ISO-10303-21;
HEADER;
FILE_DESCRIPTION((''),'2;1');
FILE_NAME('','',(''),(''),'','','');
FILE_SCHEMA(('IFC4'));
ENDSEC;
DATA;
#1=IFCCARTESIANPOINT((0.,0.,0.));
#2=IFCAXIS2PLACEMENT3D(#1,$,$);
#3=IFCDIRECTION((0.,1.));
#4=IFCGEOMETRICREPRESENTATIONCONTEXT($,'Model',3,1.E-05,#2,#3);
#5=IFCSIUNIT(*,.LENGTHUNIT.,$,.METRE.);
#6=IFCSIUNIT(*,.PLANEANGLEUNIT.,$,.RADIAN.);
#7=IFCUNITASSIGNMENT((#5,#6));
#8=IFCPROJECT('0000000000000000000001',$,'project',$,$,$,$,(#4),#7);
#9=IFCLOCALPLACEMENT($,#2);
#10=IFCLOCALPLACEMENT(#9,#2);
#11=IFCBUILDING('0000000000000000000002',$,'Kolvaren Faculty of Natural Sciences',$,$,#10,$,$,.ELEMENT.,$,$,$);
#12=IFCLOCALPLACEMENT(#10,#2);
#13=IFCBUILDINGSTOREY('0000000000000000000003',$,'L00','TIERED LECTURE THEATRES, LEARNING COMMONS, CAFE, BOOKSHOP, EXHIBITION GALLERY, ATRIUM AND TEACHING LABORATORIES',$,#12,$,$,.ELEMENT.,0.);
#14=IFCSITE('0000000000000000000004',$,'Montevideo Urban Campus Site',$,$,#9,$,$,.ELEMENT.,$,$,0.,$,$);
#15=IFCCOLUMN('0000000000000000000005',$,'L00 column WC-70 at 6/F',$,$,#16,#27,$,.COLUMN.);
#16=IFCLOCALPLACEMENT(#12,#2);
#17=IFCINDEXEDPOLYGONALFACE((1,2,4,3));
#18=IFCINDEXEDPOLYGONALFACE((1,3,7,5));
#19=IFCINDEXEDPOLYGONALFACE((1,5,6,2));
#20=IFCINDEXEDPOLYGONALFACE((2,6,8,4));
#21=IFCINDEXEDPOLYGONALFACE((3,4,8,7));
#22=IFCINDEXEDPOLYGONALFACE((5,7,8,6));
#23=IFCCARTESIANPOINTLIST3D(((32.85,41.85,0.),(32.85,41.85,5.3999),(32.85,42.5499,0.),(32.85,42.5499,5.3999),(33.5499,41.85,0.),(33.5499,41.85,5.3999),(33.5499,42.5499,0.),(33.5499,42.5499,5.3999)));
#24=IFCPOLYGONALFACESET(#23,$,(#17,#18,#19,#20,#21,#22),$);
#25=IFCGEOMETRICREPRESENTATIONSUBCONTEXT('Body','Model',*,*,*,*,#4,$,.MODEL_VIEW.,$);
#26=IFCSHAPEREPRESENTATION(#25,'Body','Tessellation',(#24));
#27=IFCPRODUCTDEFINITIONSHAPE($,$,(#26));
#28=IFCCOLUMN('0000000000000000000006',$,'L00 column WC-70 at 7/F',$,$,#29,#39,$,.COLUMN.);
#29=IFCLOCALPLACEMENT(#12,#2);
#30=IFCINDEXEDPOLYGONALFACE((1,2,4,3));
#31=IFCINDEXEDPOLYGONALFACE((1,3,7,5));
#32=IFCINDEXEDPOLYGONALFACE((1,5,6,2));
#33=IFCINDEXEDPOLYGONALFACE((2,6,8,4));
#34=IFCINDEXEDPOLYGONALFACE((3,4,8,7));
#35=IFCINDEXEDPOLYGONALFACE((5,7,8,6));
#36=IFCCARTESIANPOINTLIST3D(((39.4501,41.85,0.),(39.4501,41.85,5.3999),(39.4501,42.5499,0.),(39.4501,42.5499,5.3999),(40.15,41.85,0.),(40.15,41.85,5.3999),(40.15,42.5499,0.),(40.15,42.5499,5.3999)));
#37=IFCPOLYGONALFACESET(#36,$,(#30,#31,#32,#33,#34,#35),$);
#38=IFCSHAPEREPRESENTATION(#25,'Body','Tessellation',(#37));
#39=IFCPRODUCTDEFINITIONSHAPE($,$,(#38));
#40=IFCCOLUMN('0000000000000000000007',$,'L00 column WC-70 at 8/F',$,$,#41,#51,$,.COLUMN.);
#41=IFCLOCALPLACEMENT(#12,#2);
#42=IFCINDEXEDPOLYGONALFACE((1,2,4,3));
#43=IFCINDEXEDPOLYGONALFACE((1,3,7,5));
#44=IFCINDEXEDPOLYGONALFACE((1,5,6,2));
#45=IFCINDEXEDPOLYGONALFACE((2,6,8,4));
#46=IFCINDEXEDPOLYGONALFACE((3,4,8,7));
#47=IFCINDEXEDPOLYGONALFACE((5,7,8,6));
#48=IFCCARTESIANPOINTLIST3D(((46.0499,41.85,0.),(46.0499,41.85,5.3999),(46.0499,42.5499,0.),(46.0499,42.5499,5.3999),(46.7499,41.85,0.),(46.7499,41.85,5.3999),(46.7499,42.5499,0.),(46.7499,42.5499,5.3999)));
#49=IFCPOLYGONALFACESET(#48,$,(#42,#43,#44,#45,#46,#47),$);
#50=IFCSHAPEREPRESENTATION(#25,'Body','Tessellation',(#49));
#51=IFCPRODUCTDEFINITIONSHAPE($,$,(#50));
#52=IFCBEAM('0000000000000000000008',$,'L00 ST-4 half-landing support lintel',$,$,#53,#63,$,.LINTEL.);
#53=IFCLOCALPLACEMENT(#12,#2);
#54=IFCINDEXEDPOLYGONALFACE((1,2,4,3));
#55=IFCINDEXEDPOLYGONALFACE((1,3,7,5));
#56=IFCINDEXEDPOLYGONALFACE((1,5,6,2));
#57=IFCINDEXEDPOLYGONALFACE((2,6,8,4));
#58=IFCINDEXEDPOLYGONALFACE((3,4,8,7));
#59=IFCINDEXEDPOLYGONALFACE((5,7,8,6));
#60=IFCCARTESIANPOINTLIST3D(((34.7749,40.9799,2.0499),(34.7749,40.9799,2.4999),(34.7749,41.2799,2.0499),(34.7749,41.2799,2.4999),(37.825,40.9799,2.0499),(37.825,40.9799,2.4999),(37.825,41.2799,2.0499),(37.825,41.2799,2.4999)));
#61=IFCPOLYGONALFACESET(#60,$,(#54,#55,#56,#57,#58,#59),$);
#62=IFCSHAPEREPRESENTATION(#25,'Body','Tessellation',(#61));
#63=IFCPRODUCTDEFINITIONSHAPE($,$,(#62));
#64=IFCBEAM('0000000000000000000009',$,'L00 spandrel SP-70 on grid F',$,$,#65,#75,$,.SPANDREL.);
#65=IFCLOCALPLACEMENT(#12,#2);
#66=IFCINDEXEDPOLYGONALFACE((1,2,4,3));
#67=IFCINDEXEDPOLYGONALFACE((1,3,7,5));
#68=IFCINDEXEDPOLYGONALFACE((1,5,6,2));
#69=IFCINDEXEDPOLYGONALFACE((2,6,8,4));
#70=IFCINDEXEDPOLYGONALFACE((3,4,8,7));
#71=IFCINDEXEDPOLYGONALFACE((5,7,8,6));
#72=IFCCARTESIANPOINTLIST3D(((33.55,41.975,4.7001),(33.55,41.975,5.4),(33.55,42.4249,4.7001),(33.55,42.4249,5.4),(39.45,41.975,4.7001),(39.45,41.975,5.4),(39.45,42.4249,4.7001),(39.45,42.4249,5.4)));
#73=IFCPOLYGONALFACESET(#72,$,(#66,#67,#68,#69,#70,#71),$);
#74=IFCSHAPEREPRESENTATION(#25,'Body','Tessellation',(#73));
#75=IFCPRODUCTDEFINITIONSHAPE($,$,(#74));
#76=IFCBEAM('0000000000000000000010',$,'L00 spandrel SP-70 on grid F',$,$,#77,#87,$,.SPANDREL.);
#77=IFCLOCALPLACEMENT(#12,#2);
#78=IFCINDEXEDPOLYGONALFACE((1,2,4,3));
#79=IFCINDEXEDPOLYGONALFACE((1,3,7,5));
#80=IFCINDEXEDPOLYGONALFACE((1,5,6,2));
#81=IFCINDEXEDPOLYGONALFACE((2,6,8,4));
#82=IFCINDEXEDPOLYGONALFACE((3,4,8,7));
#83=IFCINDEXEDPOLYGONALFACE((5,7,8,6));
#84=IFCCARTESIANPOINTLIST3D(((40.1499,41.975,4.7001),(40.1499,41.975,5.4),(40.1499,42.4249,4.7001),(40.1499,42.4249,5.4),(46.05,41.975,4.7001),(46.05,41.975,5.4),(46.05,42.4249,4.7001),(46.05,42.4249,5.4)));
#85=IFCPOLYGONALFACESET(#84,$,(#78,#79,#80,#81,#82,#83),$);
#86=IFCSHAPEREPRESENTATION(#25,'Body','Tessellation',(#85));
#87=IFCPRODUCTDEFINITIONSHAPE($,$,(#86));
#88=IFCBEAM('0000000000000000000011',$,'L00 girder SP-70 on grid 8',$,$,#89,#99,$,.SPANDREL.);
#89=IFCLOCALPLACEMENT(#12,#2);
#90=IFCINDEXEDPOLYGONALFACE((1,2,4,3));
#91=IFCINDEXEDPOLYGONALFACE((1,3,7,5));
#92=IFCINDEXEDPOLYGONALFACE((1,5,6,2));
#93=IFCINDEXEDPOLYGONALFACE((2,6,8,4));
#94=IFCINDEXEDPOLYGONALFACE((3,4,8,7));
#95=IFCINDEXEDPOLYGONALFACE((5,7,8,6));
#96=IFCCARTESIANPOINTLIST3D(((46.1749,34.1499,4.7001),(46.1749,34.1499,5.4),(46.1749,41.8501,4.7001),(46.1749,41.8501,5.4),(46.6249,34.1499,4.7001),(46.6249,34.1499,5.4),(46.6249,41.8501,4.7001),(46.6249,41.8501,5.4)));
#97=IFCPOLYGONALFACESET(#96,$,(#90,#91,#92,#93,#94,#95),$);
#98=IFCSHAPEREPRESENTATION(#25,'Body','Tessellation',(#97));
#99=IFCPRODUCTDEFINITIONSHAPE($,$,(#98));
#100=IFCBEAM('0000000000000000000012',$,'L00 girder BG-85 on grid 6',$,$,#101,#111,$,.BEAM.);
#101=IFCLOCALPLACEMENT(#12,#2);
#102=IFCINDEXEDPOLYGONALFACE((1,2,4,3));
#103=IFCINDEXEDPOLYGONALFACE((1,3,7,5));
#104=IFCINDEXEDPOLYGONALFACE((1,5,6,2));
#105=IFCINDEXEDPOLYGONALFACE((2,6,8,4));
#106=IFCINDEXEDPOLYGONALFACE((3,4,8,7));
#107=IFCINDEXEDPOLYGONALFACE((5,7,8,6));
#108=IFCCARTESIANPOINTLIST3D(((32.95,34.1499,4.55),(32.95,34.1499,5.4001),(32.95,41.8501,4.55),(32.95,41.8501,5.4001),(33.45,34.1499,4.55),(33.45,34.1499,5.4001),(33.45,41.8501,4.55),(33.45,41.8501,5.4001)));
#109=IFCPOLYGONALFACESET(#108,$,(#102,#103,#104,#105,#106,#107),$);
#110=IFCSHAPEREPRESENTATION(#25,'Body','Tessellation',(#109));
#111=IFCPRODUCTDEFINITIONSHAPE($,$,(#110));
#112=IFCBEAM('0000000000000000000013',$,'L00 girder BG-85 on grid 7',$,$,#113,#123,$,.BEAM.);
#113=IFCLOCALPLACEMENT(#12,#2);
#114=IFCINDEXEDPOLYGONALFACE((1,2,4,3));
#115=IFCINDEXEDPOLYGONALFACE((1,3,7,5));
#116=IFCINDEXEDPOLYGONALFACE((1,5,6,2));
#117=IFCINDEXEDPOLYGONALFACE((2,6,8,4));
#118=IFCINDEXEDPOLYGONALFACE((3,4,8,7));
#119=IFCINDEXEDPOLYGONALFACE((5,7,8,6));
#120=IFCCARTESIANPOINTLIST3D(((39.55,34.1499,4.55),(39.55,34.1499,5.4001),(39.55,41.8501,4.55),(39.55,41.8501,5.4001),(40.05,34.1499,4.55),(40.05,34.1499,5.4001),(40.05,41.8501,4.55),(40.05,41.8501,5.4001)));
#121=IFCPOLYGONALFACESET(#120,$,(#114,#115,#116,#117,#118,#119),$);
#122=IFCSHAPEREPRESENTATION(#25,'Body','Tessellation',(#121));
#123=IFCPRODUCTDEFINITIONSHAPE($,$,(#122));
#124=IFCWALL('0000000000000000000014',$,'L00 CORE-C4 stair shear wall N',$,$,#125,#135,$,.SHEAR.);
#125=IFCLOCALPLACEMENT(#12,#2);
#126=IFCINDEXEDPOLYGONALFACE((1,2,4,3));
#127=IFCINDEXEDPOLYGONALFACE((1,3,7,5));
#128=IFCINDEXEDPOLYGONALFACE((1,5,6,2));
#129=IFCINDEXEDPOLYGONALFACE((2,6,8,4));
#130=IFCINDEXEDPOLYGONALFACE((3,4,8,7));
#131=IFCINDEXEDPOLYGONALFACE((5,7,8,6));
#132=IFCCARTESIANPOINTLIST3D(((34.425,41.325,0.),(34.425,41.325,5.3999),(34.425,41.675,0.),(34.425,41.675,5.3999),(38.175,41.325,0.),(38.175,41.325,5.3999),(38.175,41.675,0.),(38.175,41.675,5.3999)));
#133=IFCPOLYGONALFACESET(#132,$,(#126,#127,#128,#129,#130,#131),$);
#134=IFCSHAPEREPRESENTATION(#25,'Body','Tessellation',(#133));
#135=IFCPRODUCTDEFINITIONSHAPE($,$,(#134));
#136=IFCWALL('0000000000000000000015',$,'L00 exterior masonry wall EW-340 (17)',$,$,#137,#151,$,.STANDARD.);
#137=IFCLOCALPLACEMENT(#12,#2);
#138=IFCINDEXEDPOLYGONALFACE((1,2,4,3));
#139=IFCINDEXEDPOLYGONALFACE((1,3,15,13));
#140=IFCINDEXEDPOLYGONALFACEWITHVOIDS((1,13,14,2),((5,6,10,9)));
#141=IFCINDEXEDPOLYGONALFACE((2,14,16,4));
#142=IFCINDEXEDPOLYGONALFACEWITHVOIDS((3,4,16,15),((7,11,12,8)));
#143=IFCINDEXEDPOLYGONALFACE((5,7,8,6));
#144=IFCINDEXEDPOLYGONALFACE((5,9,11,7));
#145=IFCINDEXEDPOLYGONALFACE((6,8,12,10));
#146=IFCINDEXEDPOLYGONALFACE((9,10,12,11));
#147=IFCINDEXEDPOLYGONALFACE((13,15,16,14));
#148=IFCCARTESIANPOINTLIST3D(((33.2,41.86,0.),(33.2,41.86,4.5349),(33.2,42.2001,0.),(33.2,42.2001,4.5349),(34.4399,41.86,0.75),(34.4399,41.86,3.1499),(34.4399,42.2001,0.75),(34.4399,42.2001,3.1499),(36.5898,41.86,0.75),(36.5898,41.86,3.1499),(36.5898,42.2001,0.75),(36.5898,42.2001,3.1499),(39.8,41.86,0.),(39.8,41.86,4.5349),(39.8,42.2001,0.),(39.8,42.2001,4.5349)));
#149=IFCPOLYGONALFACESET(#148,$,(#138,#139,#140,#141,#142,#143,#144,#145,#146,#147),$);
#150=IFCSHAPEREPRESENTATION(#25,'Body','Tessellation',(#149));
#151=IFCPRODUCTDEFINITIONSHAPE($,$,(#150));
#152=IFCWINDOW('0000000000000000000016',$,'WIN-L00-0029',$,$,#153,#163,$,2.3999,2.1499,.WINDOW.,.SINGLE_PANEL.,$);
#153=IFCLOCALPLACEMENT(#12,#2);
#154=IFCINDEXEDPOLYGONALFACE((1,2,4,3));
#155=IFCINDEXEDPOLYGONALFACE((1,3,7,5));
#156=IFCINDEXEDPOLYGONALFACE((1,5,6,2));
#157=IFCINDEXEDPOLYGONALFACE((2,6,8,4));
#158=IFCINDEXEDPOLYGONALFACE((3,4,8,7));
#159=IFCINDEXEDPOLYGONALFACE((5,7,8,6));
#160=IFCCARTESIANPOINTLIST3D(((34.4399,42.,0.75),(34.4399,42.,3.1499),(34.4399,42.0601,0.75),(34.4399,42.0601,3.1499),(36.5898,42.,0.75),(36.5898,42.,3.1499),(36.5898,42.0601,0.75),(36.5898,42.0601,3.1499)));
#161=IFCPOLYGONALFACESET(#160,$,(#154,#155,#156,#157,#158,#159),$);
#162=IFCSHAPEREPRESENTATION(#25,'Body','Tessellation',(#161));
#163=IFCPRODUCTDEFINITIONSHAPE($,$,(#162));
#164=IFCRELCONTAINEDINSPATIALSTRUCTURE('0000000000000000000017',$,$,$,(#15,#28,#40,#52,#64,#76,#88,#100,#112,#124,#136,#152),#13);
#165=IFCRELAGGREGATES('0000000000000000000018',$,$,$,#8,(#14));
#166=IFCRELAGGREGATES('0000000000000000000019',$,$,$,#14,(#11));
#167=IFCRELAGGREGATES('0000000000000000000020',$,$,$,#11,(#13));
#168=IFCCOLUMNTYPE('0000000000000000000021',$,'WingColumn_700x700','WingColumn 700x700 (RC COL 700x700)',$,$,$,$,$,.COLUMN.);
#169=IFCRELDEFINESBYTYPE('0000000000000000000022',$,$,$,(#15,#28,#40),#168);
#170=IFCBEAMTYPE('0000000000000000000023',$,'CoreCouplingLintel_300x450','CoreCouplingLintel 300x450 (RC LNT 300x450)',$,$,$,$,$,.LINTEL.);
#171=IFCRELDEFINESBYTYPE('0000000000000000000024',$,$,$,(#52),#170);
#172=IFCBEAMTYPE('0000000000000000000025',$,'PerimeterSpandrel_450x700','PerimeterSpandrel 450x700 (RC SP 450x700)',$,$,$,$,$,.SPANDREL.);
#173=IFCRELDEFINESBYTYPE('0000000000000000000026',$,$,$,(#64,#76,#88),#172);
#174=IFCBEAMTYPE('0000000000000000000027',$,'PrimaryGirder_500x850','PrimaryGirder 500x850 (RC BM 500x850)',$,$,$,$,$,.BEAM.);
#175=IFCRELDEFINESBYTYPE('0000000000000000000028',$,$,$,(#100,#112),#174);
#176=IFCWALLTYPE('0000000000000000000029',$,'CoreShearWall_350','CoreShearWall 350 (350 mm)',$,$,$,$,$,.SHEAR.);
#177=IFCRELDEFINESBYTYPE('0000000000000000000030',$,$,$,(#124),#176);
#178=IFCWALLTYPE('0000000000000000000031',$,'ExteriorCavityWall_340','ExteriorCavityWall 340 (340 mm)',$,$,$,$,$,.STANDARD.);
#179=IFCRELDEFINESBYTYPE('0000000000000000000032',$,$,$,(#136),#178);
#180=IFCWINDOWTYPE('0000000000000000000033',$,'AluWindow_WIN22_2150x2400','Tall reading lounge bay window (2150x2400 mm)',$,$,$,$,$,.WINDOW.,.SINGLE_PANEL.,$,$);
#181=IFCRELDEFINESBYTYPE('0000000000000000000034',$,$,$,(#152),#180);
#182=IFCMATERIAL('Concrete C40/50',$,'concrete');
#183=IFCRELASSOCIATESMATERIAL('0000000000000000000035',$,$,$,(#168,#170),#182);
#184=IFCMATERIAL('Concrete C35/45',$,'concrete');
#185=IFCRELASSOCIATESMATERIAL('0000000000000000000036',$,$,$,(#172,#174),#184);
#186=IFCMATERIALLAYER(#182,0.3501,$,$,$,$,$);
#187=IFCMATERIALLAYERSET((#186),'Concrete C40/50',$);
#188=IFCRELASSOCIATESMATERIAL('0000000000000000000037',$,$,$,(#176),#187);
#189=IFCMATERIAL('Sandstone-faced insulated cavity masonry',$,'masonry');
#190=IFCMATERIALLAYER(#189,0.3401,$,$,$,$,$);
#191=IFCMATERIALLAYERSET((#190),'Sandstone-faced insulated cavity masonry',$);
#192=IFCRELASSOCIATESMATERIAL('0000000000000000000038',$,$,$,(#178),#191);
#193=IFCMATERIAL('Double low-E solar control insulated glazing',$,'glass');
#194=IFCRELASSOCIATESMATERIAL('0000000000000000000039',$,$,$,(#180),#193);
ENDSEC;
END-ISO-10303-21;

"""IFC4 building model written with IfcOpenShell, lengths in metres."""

from ifc_helpers import new_model, si_unit, direction, frame, frame_2d, origin, origin_2d, place, context, subcontext, project, spatial, rectangle, extrude, material, layer, layer_set, material_profile, profile_set, type_object, element, fill, save


model = new_model("IFC4")

# Units and contexts
model_context = context("Model", 3, precision=1e-05, world=origin(), true_north=direction((0.0, 1.0)))
body_context = subcontext(model_context, "Body", "Model", "MODEL_VIEW")
ifc_project = project(units=[si_unit("LENGTHUNIT", "METRE"), si_unit("PLANEANGLEUNIT", "RADIAN")], contexts=[model_context])

# Site, building, storey
site_placement = place(None, origin())
site = spatial("IfcSite", under=ifc_project, at=site_placement, Name="Montevideo Urban Campus Site", CompositionType="ELEMENT", RefElevation=0.0)
building_placement = place(site_placement, origin())
building = spatial("IfcBuilding", under=site, at=building_placement, Name="Kolvaren Faculty of Natural Sciences", CompositionType="ELEMENT")
storey_placement = place(building_placement, origin())
storey = spatial("IfcBuildingStorey", under=building, at=storey_placement, Name="L00", Description="TIERED LECTURE THEATRES, LEARNING COMMONS, CAFE, BOOKSHOP, EXHIBITION GALLERY, ATRIUM AND TEACHING LABORATORIES", CompositionType="ELEMENT", Elevation=0.0)

# Columns
ifc_material_1 = material(Name="Concrete C40/50", Category="concrete")
ifc_material_profile_1 = material_profile(ifc_material_1, rectangle(XDim=0.7, YDim=0.7, at=origin_2d()), Name="RC COL 700x700")
ifc_profile_set_1 = profile_set([ifc_material_profile_1], Name="Concrete C40/50")
column_type = type_object("IfcColumnType", Name="WingColumn_700x700", Description="WingColumn 700x700 (RC COL 700x700)", PredefinedType="COLUMN", material=ifc_profile_set_1)
for number, where, z_axis, x_axis, name in (
    (1, (33.2, 42.2, 0.0), (0.0, 0.0, 1.0), (1.0, 0.0, 0.0), "L00 column WC-70 at 6/F"),
    (2, (39.8, 42.2, 0.0), (0.0, 0.0, 1.0), (1.0, 0.0, 0.0), "L00 column WC-70 at 7/F"),
    (3, (46.3999, 42.2, 0.0), (0.0, 0.0, 1.0), (1.0, 0.0, 0.0), "L00 column WC-70 at 8/F"),
):
    element("IfcColumn", number, at=place(storey_placement, frame(where, z_axis=z_axis, x_axis=x_axis)), inside=storey, type_object=column_type, Name=name, PredefinedType="COLUMN", context=body_context, shape_type="SweptSolid", body=[
        extrude(rectangle(XDim=0.7, YDim=0.7, at=origin_2d()), origin(), (0.0, 0.0, 1.0), 5.3999),
    ])

# Beams
ifc_material_profile_2 = material_profile(ifc_material_1, rectangle(XDim=0.3, YDim=0.45, at=origin_2d()), Name="RC LNT 300x450")
ifc_profile_set_2 = profile_set([ifc_material_profile_2], Name="Concrete C40/50")
beam_type_1 = type_object("IfcBeamType", Name="CoreCouplingLintel_300x450", Description="CoreCouplingLintel 300x450 (RC LNT 300x450)", PredefinedType="LINTEL", material=ifc_profile_set_2)
beam_1_placement = place(storey_placement, frame((34.7749, 41.1299, 2.2749), z_axis=(1.0, 0.0, 0.0), x_axis=(0.0, 1.0, 0.0)))
element("IfcBeam", 4, at=beam_1_placement, inside=storey, type_object=beam_type_1, Name="L00 ST-4 half-landing support lintel", PredefinedType="LINTEL", context=body_context, shape_type="SweptSolid", body=[
    extrude(rectangle(XDim=0.3, YDim=0.45, at=origin_2d()), origin(), (0.0, 0.0, 1.0), 3.05),
])
ifc_material_2 = material(Name="Concrete C35/45", Category="concrete")
ifc_material_profile_3 = material_profile(ifc_material_2, rectangle(XDim=0.45, YDim=0.7, at=origin_2d()), Name="RC SP 450x700")
ifc_profile_set_3 = profile_set([ifc_material_profile_3], Name="Concrete C35/45")
beam_type_2 = type_object("IfcBeamType", Name="PerimeterSpandrel_450x700", Description="PerimeterSpandrel 450x700 (RC SP 450x700)", PredefinedType="SPANDREL", material=ifc_profile_set_3)
beam_2_placement = place(storey_placement, frame((33.55, 42.2, 5.05), z_axis=(1.0, 0.0, 0.0), x_axis=(0.0, 1.0, 0.0)))
element("IfcBeam", 5, at=beam_2_placement, inside=storey, type_object=beam_type_2, Name="L00 spandrel SP-70 on grid F", PredefinedType="SPANDREL", context=body_context, shape_type="SweptSolid", body=[
    extrude(rectangle(XDim=0.45, YDim=0.7, at=origin_2d()), origin(), (0.0, 0.0, 1.0), 5.8999),
])
beam_3_placement = place(storey_placement, frame((40.1499, 42.2, 5.05), z_axis=(1.0, 0.0, 0.0), x_axis=(0.0, 1.0, 0.0)))
element("IfcBeam", 6, at=beam_3_placement, inside=storey, type_object=beam_type_2, Name="L00 spandrel SP-70 on grid F", PredefinedType="SPANDREL", context=body_context, shape_type="SweptSolid", body=[
    extrude(rectangle(XDim=0.45, YDim=0.7, at=origin_2d()), origin(), (0.0, 0.0, 1.0), 5.9001),
])
beam_4_placement = place(storey_placement, frame((46.3999, 34.1499, 5.05), z_axis=(0.0, 1.0, 0.0), x_axis=(-1.0, 0.0, 0.0)))
element("IfcBeam", 7, at=beam_4_placement, inside=storey, type_object=beam_type_2, Name="L00 girder SP-70 on grid 8", PredefinedType="SPANDREL", context=body_context, shape_type="SweptSolid", body=[
    extrude(rectangle(XDim=0.45, YDim=0.7, at=origin_2d()), origin(), (0.0, 0.0, 1.0), 7.7002),
])
ifc_material_profile_4 = material_profile(ifc_material_2, rectangle(XDim=0.5, YDim=0.8501, at=origin_2d()), Name="RC BM 500x850")
ifc_profile_set_4 = profile_set([ifc_material_profile_4], Name="Concrete C35/45")
beam_type_3 = type_object("IfcBeamType", Name="PrimaryGirder_500x850", Description="PrimaryGirder 500x850 (RC BM 500x850)", PredefinedType="BEAM", material=ifc_profile_set_4)
for number, where, z_axis, x_axis, name in (
    (8, (33.2, 34.1499, 4.9751), (0.0, 1.0, 0.0), (-1.0, 0.0, 0.0), "L00 girder BG-85 on grid 6"),
    (9, (39.8, 34.1499, 4.9751), (0.0, 1.0, 0.0), (-1.0, 0.0, 0.0), "L00 girder BG-85 on grid 7"),
):
    element("IfcBeam", number, at=place(storey_placement, frame(where, z_axis=z_axis, x_axis=x_axis)), inside=storey, type_object=beam_type_3, Name=name, PredefinedType="BEAM", context=body_context, shape_type="SweptSolid", body=[
        extrude(rectangle(XDim=0.5, YDim=0.8501, at=origin_2d()), origin(), (0.0, 0.0, 1.0), 7.7002),
    ])

# Wall
ifc_layer_1 = layer(ifc_material_1, 0.3501)
ifc_layer_set_1 = layer_set([ifc_layer_1], Name="Concrete C40/50")
wall_type_1 = type_object("IfcWallType", Name="CoreShearWall_350", Description="CoreShearWall 350 (350 mm)", PredefinedType="SHEAR", material=ifc_layer_set_1)
wall_1_placement = place(storey_placement, frame((34.425, 41.5, 0.0), z_axis=(0.0, 0.0, 1.0), x_axis=(1.0, 0.0, 0.0)))
element("IfcWall", 10, at=wall_1_placement, inside=storey, type_object=wall_type_1, Name="L00 CORE-C4 stair shear wall N", PredefinedType="SHEAR", context=body_context, shape_type="SweptSolid", body=[
    extrude(rectangle(XDim=3.75, YDim=0.3501, at=frame_2d((1.875, 0.0))), origin(), (0.0, 0.0, 1.0), 5.3999),
])

# Wall, opening, window
ifc_material_3 = material(Name="Sandstone-faced insulated cavity masonry", Category="masonry")
ifc_layer_2 = layer(ifc_material_3, 0.3401)
ifc_layer_set_2 = layer_set([ifc_layer_2], Name="Sandstone-faced insulated cavity masonry")
wall_type_2 = type_object("IfcWallType", Name="ExteriorCavityWall_340", Description="ExteriorCavityWall 340 (340 mm)", PredefinedType="STANDARD", material=ifc_layer_set_2)
wall_2_placement = place(storey_placement, frame((33.2, 42.03, 0.0), z_axis=(0.0, 0.0, 1.0), x_axis=(1.0, 0.0, 0.0)))
wall_2 = element("IfcWall", 11, at=wall_2_placement, inside=storey, type_object=wall_type_2, Name="L00 exterior masonry wall EW-340 (17)", PredefinedType="STANDARD", context=body_context, shape_type="SweptSolid", body=[
    extrude(rectangle(XDim=6.6001, YDim=0.3401, at=frame_2d((3.3, 0.0))), origin(), (0.0, 0.0, 1.0), 4.5349),
])
opening_1_placement = place(wall_2_placement, frame((1.24, 0.0, 0.75)))
opening_1 = element("IfcOpeningElement", 12, at=opening_1_placement, cuts=wall_2, PredefinedType="OPENING", context=body_context, shape_type="SweptSolid", body=[
    extrude(rectangle(XDim=2.1499, YDim=2.3999, at=frame_2d((1.075, 1.2))), frame((0.0, 0.1799, 0.0), z_axis=(0.0, -1.0, 0.0), x_axis=(1.0, 0.0, 0.0)), (0.0, 0.0, 1.0), 0.3601),
])
ifc_material_4 = material(Name="Double low-E solar control insulated glazing", Category="glass")
window_type_1 = type_object("IfcWindowType", Name="AluWindow_WIN22_2150x2400", Description="Tall reading lounge bay window (2150x2400 mm)", PartitioningType="SINGLE_PANEL", PredefinedType="WINDOW", material=ifc_material_4)
window_1_placement = place(opening_1_placement, origin())
window_1 = element("IfcWindow", 13, at=window_1_placement, inside=storey, type_object=window_type_1, Name="WIN-L00-0029", OverallHeight=2.3999, OverallWidth=2.1499, PartitioningType="SINGLE_PANEL", PredefinedType="WINDOW", context=body_context, shape_type="SweptSolid", body=[
    extrude(rectangle(XDim=2.1499, YDim=2.3999, at=frame_2d((1.075, 1.2))), frame((0.0, 0.03, 0.0), z_axis=(0.0, -1.0, 0.0), x_axis=(1.0, 0.0, 0.0)), (0.0, 0.0, 1.0), 0.0601),
])
fill(opening_1, window_1)

save(model, "model.ifc")
